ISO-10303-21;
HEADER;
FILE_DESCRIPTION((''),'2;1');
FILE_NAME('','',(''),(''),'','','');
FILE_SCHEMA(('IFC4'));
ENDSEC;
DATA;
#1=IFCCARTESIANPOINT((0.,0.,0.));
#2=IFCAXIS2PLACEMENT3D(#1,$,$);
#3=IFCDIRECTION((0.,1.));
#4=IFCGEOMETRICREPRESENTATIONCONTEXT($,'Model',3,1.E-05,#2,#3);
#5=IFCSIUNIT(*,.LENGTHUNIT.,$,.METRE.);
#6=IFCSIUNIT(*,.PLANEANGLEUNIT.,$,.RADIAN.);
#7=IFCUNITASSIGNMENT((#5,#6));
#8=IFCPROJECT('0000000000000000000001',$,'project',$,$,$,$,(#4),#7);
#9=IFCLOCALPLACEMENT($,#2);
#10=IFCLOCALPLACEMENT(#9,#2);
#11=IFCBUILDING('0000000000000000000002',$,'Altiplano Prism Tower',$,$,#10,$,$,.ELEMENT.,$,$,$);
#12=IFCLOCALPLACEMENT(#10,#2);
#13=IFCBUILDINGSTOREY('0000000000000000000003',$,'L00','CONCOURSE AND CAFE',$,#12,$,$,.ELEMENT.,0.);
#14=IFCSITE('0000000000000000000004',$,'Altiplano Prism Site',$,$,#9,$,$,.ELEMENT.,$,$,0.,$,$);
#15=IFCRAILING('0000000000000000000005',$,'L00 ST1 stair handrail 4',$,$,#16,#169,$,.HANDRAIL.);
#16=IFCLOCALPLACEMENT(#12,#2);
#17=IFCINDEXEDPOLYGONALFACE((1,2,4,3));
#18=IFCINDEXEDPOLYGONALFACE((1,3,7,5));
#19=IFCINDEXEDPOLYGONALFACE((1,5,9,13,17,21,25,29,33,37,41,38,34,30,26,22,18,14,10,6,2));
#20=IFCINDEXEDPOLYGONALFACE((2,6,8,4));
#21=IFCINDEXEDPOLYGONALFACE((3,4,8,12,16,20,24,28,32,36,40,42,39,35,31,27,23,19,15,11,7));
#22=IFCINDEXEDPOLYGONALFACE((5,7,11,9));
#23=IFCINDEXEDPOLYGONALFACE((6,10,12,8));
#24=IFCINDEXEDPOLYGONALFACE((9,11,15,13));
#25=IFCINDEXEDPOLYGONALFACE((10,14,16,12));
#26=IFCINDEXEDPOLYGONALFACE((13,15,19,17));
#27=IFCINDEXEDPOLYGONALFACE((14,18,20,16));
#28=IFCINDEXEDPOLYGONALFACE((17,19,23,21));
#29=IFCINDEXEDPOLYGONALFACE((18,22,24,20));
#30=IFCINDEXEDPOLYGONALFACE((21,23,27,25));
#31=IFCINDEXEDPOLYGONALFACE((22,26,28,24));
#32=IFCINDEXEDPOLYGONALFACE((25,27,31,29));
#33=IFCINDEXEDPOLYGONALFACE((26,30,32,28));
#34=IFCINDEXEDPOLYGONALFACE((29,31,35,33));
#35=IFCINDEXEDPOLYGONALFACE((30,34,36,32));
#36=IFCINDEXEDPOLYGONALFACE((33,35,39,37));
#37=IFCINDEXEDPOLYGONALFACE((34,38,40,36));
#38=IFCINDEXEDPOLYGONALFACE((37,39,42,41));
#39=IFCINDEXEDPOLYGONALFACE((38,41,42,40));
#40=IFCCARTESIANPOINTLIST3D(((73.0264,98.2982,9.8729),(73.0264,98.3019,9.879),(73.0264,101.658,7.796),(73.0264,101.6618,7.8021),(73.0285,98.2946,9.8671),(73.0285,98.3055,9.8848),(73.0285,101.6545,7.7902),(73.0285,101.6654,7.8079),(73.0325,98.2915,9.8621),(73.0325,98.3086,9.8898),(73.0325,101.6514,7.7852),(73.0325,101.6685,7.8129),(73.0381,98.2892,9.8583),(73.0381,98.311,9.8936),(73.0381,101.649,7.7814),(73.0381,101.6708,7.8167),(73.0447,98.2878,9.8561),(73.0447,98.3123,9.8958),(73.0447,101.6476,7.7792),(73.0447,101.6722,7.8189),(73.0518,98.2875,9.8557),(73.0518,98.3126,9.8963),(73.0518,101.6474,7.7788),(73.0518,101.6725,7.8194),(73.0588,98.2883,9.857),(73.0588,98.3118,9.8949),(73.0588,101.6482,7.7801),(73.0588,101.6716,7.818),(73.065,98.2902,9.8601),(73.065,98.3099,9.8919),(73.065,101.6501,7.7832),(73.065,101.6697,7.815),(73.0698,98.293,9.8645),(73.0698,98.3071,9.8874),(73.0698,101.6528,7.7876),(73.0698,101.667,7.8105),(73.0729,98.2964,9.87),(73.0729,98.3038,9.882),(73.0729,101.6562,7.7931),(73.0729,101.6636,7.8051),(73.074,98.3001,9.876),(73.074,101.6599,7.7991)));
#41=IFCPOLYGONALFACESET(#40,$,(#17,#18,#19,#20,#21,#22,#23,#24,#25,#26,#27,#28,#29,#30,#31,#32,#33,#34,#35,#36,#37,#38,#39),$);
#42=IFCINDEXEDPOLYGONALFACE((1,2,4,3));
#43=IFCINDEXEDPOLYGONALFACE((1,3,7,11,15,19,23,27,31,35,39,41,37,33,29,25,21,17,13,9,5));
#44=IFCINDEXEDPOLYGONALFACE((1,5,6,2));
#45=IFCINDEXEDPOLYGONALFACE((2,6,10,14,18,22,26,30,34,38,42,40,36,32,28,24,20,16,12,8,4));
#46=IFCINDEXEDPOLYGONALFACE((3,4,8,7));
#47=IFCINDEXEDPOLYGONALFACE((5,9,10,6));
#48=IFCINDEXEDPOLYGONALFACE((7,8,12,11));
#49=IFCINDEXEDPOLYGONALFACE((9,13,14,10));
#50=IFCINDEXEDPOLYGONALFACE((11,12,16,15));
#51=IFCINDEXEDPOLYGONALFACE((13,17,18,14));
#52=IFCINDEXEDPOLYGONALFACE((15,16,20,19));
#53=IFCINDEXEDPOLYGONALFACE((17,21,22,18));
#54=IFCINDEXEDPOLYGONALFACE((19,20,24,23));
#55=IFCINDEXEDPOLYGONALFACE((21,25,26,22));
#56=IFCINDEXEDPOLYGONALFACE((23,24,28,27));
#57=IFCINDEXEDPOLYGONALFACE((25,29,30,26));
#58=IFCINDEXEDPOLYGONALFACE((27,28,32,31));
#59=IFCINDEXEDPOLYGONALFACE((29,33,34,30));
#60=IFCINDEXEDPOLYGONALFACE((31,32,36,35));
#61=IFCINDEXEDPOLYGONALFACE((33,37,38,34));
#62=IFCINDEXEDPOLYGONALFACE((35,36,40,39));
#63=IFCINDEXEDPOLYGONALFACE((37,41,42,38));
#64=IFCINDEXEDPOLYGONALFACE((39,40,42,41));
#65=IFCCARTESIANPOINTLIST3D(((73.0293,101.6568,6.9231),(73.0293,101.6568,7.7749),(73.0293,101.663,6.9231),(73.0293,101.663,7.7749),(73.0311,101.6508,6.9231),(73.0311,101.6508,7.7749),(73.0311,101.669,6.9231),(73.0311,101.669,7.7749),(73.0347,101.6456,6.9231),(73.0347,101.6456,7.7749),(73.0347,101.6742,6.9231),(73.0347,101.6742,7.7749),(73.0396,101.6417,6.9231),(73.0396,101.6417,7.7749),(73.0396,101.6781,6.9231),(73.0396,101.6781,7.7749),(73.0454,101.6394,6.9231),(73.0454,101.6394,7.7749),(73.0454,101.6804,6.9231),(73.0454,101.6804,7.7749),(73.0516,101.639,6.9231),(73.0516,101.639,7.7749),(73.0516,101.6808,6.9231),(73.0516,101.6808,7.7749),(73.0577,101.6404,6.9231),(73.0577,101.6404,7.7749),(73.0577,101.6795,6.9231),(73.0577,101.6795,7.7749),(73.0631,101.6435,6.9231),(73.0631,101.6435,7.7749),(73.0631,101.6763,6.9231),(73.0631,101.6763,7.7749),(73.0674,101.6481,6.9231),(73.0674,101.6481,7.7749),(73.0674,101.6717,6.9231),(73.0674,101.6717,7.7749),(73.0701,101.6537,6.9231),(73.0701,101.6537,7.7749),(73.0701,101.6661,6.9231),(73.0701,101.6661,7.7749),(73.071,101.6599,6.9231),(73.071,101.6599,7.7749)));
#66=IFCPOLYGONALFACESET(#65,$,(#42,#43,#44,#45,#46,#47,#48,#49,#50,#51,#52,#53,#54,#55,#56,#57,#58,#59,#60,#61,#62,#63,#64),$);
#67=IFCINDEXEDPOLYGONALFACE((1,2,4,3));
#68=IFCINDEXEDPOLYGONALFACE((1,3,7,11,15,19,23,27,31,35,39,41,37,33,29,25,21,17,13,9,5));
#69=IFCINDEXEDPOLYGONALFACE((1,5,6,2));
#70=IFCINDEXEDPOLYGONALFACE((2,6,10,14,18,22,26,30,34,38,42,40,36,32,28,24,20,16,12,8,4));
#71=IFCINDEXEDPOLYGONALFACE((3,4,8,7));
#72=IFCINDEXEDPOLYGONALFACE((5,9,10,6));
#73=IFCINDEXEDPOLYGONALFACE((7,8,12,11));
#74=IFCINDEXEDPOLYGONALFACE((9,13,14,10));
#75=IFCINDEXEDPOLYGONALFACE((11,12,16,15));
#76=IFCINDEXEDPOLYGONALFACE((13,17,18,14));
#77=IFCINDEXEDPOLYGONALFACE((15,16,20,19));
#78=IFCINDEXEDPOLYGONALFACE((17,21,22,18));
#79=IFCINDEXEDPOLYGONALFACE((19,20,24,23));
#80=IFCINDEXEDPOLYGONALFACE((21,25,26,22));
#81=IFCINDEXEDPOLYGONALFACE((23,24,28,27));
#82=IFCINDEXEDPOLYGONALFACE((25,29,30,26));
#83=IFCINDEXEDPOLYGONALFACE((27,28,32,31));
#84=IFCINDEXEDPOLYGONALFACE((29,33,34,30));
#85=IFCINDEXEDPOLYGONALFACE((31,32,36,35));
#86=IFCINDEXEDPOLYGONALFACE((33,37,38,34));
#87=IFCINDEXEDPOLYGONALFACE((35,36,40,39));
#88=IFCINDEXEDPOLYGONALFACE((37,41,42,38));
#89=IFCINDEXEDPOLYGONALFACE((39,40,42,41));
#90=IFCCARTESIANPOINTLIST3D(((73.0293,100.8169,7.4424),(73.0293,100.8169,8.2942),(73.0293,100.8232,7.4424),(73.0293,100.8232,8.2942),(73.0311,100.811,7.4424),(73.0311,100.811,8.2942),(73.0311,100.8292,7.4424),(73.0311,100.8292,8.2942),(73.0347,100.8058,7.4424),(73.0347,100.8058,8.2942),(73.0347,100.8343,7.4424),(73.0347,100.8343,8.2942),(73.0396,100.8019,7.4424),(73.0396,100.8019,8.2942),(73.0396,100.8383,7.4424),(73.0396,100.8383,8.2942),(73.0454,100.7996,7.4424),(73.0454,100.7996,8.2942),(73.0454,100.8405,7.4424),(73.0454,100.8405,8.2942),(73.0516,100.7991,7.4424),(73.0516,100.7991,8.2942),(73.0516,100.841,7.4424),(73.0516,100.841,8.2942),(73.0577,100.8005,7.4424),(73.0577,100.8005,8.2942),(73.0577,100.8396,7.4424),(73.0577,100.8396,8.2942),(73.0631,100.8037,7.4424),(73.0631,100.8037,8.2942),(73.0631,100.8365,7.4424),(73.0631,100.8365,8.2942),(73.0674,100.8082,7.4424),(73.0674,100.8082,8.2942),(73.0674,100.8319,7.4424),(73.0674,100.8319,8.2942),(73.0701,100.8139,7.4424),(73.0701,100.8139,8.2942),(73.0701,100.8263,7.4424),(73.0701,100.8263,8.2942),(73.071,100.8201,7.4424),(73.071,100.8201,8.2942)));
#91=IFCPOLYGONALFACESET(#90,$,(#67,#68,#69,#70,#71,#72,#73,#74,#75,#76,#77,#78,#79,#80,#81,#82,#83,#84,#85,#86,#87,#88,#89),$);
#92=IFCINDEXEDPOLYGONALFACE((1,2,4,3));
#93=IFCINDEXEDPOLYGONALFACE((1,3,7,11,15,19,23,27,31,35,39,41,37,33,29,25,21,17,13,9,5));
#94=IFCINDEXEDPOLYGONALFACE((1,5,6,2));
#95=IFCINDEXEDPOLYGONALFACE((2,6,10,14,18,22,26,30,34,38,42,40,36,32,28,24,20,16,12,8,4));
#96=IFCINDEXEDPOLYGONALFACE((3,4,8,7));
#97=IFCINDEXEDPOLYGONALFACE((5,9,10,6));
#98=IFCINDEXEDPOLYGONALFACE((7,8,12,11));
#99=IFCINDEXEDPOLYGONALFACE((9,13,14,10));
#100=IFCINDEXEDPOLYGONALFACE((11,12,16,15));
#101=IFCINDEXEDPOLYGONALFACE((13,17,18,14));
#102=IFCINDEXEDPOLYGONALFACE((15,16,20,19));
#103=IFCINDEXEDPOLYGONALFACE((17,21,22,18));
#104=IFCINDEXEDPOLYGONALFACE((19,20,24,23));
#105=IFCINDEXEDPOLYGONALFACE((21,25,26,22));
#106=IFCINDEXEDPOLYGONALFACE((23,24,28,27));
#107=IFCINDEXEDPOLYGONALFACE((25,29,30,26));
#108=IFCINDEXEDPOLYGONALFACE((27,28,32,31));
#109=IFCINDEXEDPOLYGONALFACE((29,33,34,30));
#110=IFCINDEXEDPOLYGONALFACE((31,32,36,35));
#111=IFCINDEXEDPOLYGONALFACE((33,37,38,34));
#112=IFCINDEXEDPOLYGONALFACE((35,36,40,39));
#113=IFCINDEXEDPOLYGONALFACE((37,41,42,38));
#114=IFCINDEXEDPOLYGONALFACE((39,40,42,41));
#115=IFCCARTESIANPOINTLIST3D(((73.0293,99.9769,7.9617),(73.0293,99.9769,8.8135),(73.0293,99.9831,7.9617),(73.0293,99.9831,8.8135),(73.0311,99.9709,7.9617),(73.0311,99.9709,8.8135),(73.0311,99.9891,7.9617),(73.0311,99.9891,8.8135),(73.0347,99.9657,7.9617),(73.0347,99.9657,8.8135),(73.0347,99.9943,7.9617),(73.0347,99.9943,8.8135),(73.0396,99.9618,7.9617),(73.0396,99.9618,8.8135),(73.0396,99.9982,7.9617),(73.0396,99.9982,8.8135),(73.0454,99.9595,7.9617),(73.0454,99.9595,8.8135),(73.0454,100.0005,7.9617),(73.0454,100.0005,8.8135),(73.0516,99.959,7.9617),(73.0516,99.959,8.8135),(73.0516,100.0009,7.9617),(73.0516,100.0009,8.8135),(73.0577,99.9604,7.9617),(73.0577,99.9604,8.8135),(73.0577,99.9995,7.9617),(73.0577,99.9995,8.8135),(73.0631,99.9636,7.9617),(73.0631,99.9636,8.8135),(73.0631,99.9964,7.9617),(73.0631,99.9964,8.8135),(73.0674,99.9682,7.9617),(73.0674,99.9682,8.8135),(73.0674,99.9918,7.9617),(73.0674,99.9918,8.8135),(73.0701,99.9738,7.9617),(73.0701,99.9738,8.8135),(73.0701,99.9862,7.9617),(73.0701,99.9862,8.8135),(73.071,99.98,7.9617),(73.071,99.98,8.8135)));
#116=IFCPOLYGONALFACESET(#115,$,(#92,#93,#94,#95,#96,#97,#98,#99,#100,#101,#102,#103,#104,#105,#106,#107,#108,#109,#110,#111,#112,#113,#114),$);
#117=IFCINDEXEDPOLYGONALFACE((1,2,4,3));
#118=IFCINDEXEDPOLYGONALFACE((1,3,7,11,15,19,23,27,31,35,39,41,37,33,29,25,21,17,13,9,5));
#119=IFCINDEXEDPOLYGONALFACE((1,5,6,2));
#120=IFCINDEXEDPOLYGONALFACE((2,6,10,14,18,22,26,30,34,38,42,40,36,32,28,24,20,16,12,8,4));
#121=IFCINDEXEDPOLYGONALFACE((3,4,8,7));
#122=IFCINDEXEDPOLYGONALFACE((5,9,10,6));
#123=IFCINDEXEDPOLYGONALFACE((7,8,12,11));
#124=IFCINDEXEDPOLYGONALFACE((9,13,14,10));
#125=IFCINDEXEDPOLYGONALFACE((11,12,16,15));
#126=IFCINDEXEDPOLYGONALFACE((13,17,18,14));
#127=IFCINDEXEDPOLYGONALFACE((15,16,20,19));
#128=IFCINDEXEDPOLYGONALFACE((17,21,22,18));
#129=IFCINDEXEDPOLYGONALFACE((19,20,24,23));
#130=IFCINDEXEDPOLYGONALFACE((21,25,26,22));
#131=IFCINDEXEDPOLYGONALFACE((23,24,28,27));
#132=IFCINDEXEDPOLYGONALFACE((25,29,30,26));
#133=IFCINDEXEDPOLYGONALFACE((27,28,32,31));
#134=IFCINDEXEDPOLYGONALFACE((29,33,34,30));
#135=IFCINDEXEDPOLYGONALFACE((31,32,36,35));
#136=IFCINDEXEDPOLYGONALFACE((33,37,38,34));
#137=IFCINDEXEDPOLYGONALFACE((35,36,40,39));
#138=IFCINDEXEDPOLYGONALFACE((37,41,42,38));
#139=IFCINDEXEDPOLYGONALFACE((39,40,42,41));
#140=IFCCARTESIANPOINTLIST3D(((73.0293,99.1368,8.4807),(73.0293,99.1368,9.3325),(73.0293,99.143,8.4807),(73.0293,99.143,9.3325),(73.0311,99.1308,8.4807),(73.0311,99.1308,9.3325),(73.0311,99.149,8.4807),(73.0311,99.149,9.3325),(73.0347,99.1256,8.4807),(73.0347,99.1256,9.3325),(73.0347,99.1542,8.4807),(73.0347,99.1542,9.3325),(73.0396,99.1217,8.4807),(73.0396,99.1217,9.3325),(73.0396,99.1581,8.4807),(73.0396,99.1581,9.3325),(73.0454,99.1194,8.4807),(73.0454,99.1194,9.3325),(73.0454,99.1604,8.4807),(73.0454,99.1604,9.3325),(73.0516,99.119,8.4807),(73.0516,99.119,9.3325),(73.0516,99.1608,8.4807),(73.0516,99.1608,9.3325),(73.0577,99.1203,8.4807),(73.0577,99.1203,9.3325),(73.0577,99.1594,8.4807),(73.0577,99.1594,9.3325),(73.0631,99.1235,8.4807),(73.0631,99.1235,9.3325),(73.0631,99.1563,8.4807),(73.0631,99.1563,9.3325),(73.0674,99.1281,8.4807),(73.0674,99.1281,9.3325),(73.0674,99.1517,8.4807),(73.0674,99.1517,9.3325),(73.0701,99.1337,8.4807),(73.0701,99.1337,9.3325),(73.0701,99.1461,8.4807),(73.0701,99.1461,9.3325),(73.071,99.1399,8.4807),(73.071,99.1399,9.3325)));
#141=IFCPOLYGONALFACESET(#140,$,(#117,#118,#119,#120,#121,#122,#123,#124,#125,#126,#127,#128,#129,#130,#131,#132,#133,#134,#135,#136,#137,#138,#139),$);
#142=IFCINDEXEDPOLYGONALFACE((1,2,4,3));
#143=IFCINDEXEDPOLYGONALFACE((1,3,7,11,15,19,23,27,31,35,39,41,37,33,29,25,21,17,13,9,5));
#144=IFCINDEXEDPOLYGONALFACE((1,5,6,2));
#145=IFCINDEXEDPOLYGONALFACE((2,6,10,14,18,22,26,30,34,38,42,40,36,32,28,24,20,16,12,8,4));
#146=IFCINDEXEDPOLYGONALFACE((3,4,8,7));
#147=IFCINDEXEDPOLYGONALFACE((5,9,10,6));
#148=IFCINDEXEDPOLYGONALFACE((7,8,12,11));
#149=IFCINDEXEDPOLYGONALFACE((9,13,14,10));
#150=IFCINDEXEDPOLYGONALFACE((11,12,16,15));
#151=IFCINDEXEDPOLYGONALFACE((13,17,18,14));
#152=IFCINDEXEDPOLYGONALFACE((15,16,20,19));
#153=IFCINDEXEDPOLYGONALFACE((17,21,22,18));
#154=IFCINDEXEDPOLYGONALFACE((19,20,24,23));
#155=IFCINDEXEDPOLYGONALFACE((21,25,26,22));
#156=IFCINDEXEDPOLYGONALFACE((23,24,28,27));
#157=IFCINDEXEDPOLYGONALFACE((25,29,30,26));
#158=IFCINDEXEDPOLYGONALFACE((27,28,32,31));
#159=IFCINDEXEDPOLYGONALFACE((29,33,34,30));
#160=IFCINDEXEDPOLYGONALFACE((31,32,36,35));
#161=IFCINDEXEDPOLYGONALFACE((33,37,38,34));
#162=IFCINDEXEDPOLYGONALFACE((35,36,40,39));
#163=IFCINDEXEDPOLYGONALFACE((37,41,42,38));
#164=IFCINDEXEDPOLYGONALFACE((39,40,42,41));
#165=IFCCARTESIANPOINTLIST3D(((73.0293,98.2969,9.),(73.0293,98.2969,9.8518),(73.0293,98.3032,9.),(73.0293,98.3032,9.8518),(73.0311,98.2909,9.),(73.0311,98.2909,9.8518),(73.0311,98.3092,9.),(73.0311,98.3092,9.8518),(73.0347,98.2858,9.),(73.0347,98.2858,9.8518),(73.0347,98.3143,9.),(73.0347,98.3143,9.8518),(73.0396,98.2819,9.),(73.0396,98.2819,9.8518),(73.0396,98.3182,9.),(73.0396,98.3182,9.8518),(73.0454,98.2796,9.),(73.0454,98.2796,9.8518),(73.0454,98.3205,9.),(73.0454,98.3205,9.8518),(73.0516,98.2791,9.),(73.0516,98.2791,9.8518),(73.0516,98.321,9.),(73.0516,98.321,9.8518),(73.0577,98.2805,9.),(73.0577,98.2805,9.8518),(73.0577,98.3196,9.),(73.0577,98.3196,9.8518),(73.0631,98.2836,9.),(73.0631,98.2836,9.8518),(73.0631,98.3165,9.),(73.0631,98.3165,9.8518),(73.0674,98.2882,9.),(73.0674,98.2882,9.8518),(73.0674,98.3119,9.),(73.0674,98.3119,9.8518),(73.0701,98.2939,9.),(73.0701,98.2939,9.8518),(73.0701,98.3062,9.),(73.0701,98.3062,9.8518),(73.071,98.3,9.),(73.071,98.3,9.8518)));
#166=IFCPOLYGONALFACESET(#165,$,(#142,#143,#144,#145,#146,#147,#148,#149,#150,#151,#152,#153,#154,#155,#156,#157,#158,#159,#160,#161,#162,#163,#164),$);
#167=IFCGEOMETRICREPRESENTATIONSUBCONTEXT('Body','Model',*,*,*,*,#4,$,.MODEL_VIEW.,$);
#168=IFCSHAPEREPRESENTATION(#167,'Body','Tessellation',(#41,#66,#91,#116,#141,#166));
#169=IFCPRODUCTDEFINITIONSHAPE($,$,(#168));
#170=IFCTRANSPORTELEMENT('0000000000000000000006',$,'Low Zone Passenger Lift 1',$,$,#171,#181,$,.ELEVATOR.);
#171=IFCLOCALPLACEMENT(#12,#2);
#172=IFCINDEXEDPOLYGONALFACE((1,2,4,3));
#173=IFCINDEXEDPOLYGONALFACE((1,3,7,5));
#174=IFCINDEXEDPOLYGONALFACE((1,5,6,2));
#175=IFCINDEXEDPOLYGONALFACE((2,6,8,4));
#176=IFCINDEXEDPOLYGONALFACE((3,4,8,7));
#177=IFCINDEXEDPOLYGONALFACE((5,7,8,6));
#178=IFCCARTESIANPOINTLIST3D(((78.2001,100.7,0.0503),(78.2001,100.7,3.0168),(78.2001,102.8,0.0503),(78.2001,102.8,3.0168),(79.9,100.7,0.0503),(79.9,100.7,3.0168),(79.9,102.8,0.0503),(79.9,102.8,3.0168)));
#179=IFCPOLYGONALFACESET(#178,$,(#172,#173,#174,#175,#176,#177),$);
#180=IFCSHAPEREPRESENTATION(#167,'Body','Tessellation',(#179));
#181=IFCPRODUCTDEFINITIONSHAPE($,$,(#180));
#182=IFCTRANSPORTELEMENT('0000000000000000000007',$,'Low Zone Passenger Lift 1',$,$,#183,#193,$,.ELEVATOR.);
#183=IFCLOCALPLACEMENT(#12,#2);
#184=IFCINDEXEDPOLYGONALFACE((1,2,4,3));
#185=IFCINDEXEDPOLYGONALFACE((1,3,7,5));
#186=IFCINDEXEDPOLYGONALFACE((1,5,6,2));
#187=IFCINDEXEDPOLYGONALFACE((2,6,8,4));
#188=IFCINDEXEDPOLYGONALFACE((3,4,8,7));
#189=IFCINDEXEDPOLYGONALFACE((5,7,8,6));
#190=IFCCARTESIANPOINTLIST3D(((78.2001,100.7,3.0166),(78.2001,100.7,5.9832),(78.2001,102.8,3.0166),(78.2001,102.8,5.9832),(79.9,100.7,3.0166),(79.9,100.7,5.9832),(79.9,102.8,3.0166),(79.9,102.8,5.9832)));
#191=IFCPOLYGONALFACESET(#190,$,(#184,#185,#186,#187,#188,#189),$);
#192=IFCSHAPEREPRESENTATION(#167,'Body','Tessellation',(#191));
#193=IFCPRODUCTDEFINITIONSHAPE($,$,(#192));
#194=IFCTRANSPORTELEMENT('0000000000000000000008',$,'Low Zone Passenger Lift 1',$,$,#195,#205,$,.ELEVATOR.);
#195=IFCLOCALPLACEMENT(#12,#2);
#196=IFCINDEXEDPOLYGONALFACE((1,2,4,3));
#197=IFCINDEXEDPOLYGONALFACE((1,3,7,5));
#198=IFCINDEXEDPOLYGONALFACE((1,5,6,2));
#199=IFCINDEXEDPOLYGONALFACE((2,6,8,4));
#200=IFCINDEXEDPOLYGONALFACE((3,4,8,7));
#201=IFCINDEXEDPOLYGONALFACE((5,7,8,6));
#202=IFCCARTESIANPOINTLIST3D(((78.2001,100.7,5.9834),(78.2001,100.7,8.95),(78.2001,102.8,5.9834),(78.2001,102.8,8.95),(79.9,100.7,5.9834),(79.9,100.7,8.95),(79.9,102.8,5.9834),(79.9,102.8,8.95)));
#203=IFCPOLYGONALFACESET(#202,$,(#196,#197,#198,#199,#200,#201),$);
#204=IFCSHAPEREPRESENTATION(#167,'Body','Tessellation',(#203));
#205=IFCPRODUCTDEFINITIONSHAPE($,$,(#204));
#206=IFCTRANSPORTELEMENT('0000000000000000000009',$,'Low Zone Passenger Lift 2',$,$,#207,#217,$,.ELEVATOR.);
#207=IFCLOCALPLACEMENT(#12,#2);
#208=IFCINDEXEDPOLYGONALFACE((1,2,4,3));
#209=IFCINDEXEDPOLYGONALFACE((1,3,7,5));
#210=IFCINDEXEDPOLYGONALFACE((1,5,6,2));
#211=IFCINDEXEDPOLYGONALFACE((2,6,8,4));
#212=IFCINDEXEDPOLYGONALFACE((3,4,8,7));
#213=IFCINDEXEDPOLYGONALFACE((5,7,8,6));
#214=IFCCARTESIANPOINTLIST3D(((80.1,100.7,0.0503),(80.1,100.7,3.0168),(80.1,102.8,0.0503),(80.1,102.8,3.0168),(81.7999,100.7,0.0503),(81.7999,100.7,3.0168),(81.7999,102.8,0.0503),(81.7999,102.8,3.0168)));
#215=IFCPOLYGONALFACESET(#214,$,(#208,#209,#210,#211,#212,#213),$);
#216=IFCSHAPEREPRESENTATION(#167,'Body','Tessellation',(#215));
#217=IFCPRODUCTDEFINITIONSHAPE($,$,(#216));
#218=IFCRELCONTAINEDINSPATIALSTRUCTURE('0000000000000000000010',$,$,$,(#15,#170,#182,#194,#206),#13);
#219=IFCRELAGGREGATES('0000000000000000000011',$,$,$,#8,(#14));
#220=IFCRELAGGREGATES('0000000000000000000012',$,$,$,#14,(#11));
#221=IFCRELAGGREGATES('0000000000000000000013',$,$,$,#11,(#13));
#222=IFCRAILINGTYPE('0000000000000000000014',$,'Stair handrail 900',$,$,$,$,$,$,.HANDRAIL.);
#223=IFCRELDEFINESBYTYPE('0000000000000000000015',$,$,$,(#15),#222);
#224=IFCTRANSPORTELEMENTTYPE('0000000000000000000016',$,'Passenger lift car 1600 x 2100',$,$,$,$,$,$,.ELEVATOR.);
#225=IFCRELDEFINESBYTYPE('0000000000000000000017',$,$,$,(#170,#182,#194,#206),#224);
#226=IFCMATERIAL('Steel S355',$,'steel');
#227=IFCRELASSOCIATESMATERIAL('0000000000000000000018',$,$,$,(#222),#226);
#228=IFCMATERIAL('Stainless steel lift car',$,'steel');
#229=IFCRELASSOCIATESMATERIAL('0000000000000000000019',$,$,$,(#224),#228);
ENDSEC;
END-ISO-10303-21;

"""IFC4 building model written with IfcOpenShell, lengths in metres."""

from ifc_helpers import new_model, si_unit, direction, frame, origin, origin_2d, place, context, subcontext, project, spatial, rectangle, circle, extrude, material, type_object, element, save


model = new_model("IFC4")

# Units and contexts
model_context = context("Model", 3, precision=1e-05, world=origin(), true_north=direction((0.0, 1.0)))
body_context = subcontext(model_context, "Body", "Model", "MODEL_VIEW")
ifc_project = project(units=[si_unit("LENGTHUNIT", "METRE"), si_unit("PLANEANGLEUNIT", "RADIAN")], contexts=[model_context])

# Site, building, storey
site_placement = place(None, origin())
site = spatial("IfcSite", under=ifc_project, at=site_placement, Name="Altiplano Prism Site", CompositionType="ELEMENT", RefElevation=0.0)
building_placement = place(site_placement, origin())
building = spatial("IfcBuilding", under=site, at=building_placement, Name="Altiplano Prism Tower", CompositionType="ELEMENT")
storey_placement = place(building_placement, origin())
storey = spatial("IfcBuildingStorey", under=building, at=storey_placement, Name="L00", Description="CONCOURSE AND CAFE", CompositionType="ELEMENT", Elevation=0.0)

# Railing
ifc_material_1 = material(Name="Steel S355", Category="steel")
railing_type_1 = type_object("IfcRailingType", Name="Stair handrail 900", PredefinedType="HANDRAIL", material=ifc_material_1)
railing_1_placement = place(storey_placement, frame((73.05, 101.6599, 6.9231)))
element("IfcRailing", 1, at=railing_1_placement, inside=storey, type_object=railing_type_1, Name="L00 ST1 stair handrail 4", PredefinedType="HANDRAIL", context=body_context, shape_type="SweptSolid", body=[
    extrude(circle(Radius=0.0239, at=origin_2d()), frame((0.0, 0.0, 0.876), z_axis=(0.0, -0.850606, 0.525803), x_axis=(1.0, 0.0, 0.0)), (0.0, 0.0, 1.0), 3.95),
    extrude(circle(Radius=0.021, at=origin_2d()), origin(), (0.0, 0.0, 1.0), 0.8518),
    extrude(circle(Radius=0.021, at=origin_2d()), frame((0.0, -0.8398, 0.5193)), (0.0, 0.0, 1.0), 0.8518),
    extrude(circle(Radius=0.021, at=origin_2d()), frame((0.0, -1.6799, 1.0386)), (0.0, 0.0, 1.0), 0.8518),
    extrude(circle(Radius=0.021, at=origin_2d()), frame((0.0, -2.52, 1.5576)), (0.0, 0.0, 1.0), 0.8518),
    extrude(circle(Radius=0.021, at=origin_2d()), frame((0.0, -3.3599, 2.0769)), (0.0, 0.0, 1.0), 0.8518),
])

# Transport elements
ifc_material_2 = material(Name="Stainless steel lift car", Category="steel")
transport_element_type = type_object("IfcTransportElementType", Name="Passenger lift car 1600 x 2100", PredefinedType="ELEVATOR", material=ifc_material_2)
for number, where, z_axis, x_axis, name in (
    (2, (79.05, 101.75, 0.0503), (0.0, 0.0, 1.0), (1.0, 0.0, 0.0), "Low Zone Passenger Lift 1"),
    (3, (79.05, 101.75, 3.0166), (0.0, 0.0, 1.0), (1.0, 0.0, 0.0), "Low Zone Passenger Lift 1"),
    (4, (79.05, 101.75, 5.9834), (0.0, 0.0, 1.0), (1.0, 0.0, 0.0), "Low Zone Passenger Lift 1"),
    (5, (80.95, 101.75, 0.0503), (0.0, 0.0, 1.0), (1.0, 0.0, 0.0), "Low Zone Passenger Lift 2"),
):
    element("IfcTransportElement", number, at=place(storey_placement, frame(where, z_axis=z_axis, x_axis=x_axis)), inside=storey, type_object=transport_element_type, Name=name, PredefinedType="ELEVATOR", context=body_context, shape_type="SweptSolid", body=[
        extrude(rectangle(XDim=1.7, YDim=2.1001, at=origin_2d()), origin(), (0.0, 0.0, 1.0), 2.9666),
    ])

save(model, "model.ifc")
